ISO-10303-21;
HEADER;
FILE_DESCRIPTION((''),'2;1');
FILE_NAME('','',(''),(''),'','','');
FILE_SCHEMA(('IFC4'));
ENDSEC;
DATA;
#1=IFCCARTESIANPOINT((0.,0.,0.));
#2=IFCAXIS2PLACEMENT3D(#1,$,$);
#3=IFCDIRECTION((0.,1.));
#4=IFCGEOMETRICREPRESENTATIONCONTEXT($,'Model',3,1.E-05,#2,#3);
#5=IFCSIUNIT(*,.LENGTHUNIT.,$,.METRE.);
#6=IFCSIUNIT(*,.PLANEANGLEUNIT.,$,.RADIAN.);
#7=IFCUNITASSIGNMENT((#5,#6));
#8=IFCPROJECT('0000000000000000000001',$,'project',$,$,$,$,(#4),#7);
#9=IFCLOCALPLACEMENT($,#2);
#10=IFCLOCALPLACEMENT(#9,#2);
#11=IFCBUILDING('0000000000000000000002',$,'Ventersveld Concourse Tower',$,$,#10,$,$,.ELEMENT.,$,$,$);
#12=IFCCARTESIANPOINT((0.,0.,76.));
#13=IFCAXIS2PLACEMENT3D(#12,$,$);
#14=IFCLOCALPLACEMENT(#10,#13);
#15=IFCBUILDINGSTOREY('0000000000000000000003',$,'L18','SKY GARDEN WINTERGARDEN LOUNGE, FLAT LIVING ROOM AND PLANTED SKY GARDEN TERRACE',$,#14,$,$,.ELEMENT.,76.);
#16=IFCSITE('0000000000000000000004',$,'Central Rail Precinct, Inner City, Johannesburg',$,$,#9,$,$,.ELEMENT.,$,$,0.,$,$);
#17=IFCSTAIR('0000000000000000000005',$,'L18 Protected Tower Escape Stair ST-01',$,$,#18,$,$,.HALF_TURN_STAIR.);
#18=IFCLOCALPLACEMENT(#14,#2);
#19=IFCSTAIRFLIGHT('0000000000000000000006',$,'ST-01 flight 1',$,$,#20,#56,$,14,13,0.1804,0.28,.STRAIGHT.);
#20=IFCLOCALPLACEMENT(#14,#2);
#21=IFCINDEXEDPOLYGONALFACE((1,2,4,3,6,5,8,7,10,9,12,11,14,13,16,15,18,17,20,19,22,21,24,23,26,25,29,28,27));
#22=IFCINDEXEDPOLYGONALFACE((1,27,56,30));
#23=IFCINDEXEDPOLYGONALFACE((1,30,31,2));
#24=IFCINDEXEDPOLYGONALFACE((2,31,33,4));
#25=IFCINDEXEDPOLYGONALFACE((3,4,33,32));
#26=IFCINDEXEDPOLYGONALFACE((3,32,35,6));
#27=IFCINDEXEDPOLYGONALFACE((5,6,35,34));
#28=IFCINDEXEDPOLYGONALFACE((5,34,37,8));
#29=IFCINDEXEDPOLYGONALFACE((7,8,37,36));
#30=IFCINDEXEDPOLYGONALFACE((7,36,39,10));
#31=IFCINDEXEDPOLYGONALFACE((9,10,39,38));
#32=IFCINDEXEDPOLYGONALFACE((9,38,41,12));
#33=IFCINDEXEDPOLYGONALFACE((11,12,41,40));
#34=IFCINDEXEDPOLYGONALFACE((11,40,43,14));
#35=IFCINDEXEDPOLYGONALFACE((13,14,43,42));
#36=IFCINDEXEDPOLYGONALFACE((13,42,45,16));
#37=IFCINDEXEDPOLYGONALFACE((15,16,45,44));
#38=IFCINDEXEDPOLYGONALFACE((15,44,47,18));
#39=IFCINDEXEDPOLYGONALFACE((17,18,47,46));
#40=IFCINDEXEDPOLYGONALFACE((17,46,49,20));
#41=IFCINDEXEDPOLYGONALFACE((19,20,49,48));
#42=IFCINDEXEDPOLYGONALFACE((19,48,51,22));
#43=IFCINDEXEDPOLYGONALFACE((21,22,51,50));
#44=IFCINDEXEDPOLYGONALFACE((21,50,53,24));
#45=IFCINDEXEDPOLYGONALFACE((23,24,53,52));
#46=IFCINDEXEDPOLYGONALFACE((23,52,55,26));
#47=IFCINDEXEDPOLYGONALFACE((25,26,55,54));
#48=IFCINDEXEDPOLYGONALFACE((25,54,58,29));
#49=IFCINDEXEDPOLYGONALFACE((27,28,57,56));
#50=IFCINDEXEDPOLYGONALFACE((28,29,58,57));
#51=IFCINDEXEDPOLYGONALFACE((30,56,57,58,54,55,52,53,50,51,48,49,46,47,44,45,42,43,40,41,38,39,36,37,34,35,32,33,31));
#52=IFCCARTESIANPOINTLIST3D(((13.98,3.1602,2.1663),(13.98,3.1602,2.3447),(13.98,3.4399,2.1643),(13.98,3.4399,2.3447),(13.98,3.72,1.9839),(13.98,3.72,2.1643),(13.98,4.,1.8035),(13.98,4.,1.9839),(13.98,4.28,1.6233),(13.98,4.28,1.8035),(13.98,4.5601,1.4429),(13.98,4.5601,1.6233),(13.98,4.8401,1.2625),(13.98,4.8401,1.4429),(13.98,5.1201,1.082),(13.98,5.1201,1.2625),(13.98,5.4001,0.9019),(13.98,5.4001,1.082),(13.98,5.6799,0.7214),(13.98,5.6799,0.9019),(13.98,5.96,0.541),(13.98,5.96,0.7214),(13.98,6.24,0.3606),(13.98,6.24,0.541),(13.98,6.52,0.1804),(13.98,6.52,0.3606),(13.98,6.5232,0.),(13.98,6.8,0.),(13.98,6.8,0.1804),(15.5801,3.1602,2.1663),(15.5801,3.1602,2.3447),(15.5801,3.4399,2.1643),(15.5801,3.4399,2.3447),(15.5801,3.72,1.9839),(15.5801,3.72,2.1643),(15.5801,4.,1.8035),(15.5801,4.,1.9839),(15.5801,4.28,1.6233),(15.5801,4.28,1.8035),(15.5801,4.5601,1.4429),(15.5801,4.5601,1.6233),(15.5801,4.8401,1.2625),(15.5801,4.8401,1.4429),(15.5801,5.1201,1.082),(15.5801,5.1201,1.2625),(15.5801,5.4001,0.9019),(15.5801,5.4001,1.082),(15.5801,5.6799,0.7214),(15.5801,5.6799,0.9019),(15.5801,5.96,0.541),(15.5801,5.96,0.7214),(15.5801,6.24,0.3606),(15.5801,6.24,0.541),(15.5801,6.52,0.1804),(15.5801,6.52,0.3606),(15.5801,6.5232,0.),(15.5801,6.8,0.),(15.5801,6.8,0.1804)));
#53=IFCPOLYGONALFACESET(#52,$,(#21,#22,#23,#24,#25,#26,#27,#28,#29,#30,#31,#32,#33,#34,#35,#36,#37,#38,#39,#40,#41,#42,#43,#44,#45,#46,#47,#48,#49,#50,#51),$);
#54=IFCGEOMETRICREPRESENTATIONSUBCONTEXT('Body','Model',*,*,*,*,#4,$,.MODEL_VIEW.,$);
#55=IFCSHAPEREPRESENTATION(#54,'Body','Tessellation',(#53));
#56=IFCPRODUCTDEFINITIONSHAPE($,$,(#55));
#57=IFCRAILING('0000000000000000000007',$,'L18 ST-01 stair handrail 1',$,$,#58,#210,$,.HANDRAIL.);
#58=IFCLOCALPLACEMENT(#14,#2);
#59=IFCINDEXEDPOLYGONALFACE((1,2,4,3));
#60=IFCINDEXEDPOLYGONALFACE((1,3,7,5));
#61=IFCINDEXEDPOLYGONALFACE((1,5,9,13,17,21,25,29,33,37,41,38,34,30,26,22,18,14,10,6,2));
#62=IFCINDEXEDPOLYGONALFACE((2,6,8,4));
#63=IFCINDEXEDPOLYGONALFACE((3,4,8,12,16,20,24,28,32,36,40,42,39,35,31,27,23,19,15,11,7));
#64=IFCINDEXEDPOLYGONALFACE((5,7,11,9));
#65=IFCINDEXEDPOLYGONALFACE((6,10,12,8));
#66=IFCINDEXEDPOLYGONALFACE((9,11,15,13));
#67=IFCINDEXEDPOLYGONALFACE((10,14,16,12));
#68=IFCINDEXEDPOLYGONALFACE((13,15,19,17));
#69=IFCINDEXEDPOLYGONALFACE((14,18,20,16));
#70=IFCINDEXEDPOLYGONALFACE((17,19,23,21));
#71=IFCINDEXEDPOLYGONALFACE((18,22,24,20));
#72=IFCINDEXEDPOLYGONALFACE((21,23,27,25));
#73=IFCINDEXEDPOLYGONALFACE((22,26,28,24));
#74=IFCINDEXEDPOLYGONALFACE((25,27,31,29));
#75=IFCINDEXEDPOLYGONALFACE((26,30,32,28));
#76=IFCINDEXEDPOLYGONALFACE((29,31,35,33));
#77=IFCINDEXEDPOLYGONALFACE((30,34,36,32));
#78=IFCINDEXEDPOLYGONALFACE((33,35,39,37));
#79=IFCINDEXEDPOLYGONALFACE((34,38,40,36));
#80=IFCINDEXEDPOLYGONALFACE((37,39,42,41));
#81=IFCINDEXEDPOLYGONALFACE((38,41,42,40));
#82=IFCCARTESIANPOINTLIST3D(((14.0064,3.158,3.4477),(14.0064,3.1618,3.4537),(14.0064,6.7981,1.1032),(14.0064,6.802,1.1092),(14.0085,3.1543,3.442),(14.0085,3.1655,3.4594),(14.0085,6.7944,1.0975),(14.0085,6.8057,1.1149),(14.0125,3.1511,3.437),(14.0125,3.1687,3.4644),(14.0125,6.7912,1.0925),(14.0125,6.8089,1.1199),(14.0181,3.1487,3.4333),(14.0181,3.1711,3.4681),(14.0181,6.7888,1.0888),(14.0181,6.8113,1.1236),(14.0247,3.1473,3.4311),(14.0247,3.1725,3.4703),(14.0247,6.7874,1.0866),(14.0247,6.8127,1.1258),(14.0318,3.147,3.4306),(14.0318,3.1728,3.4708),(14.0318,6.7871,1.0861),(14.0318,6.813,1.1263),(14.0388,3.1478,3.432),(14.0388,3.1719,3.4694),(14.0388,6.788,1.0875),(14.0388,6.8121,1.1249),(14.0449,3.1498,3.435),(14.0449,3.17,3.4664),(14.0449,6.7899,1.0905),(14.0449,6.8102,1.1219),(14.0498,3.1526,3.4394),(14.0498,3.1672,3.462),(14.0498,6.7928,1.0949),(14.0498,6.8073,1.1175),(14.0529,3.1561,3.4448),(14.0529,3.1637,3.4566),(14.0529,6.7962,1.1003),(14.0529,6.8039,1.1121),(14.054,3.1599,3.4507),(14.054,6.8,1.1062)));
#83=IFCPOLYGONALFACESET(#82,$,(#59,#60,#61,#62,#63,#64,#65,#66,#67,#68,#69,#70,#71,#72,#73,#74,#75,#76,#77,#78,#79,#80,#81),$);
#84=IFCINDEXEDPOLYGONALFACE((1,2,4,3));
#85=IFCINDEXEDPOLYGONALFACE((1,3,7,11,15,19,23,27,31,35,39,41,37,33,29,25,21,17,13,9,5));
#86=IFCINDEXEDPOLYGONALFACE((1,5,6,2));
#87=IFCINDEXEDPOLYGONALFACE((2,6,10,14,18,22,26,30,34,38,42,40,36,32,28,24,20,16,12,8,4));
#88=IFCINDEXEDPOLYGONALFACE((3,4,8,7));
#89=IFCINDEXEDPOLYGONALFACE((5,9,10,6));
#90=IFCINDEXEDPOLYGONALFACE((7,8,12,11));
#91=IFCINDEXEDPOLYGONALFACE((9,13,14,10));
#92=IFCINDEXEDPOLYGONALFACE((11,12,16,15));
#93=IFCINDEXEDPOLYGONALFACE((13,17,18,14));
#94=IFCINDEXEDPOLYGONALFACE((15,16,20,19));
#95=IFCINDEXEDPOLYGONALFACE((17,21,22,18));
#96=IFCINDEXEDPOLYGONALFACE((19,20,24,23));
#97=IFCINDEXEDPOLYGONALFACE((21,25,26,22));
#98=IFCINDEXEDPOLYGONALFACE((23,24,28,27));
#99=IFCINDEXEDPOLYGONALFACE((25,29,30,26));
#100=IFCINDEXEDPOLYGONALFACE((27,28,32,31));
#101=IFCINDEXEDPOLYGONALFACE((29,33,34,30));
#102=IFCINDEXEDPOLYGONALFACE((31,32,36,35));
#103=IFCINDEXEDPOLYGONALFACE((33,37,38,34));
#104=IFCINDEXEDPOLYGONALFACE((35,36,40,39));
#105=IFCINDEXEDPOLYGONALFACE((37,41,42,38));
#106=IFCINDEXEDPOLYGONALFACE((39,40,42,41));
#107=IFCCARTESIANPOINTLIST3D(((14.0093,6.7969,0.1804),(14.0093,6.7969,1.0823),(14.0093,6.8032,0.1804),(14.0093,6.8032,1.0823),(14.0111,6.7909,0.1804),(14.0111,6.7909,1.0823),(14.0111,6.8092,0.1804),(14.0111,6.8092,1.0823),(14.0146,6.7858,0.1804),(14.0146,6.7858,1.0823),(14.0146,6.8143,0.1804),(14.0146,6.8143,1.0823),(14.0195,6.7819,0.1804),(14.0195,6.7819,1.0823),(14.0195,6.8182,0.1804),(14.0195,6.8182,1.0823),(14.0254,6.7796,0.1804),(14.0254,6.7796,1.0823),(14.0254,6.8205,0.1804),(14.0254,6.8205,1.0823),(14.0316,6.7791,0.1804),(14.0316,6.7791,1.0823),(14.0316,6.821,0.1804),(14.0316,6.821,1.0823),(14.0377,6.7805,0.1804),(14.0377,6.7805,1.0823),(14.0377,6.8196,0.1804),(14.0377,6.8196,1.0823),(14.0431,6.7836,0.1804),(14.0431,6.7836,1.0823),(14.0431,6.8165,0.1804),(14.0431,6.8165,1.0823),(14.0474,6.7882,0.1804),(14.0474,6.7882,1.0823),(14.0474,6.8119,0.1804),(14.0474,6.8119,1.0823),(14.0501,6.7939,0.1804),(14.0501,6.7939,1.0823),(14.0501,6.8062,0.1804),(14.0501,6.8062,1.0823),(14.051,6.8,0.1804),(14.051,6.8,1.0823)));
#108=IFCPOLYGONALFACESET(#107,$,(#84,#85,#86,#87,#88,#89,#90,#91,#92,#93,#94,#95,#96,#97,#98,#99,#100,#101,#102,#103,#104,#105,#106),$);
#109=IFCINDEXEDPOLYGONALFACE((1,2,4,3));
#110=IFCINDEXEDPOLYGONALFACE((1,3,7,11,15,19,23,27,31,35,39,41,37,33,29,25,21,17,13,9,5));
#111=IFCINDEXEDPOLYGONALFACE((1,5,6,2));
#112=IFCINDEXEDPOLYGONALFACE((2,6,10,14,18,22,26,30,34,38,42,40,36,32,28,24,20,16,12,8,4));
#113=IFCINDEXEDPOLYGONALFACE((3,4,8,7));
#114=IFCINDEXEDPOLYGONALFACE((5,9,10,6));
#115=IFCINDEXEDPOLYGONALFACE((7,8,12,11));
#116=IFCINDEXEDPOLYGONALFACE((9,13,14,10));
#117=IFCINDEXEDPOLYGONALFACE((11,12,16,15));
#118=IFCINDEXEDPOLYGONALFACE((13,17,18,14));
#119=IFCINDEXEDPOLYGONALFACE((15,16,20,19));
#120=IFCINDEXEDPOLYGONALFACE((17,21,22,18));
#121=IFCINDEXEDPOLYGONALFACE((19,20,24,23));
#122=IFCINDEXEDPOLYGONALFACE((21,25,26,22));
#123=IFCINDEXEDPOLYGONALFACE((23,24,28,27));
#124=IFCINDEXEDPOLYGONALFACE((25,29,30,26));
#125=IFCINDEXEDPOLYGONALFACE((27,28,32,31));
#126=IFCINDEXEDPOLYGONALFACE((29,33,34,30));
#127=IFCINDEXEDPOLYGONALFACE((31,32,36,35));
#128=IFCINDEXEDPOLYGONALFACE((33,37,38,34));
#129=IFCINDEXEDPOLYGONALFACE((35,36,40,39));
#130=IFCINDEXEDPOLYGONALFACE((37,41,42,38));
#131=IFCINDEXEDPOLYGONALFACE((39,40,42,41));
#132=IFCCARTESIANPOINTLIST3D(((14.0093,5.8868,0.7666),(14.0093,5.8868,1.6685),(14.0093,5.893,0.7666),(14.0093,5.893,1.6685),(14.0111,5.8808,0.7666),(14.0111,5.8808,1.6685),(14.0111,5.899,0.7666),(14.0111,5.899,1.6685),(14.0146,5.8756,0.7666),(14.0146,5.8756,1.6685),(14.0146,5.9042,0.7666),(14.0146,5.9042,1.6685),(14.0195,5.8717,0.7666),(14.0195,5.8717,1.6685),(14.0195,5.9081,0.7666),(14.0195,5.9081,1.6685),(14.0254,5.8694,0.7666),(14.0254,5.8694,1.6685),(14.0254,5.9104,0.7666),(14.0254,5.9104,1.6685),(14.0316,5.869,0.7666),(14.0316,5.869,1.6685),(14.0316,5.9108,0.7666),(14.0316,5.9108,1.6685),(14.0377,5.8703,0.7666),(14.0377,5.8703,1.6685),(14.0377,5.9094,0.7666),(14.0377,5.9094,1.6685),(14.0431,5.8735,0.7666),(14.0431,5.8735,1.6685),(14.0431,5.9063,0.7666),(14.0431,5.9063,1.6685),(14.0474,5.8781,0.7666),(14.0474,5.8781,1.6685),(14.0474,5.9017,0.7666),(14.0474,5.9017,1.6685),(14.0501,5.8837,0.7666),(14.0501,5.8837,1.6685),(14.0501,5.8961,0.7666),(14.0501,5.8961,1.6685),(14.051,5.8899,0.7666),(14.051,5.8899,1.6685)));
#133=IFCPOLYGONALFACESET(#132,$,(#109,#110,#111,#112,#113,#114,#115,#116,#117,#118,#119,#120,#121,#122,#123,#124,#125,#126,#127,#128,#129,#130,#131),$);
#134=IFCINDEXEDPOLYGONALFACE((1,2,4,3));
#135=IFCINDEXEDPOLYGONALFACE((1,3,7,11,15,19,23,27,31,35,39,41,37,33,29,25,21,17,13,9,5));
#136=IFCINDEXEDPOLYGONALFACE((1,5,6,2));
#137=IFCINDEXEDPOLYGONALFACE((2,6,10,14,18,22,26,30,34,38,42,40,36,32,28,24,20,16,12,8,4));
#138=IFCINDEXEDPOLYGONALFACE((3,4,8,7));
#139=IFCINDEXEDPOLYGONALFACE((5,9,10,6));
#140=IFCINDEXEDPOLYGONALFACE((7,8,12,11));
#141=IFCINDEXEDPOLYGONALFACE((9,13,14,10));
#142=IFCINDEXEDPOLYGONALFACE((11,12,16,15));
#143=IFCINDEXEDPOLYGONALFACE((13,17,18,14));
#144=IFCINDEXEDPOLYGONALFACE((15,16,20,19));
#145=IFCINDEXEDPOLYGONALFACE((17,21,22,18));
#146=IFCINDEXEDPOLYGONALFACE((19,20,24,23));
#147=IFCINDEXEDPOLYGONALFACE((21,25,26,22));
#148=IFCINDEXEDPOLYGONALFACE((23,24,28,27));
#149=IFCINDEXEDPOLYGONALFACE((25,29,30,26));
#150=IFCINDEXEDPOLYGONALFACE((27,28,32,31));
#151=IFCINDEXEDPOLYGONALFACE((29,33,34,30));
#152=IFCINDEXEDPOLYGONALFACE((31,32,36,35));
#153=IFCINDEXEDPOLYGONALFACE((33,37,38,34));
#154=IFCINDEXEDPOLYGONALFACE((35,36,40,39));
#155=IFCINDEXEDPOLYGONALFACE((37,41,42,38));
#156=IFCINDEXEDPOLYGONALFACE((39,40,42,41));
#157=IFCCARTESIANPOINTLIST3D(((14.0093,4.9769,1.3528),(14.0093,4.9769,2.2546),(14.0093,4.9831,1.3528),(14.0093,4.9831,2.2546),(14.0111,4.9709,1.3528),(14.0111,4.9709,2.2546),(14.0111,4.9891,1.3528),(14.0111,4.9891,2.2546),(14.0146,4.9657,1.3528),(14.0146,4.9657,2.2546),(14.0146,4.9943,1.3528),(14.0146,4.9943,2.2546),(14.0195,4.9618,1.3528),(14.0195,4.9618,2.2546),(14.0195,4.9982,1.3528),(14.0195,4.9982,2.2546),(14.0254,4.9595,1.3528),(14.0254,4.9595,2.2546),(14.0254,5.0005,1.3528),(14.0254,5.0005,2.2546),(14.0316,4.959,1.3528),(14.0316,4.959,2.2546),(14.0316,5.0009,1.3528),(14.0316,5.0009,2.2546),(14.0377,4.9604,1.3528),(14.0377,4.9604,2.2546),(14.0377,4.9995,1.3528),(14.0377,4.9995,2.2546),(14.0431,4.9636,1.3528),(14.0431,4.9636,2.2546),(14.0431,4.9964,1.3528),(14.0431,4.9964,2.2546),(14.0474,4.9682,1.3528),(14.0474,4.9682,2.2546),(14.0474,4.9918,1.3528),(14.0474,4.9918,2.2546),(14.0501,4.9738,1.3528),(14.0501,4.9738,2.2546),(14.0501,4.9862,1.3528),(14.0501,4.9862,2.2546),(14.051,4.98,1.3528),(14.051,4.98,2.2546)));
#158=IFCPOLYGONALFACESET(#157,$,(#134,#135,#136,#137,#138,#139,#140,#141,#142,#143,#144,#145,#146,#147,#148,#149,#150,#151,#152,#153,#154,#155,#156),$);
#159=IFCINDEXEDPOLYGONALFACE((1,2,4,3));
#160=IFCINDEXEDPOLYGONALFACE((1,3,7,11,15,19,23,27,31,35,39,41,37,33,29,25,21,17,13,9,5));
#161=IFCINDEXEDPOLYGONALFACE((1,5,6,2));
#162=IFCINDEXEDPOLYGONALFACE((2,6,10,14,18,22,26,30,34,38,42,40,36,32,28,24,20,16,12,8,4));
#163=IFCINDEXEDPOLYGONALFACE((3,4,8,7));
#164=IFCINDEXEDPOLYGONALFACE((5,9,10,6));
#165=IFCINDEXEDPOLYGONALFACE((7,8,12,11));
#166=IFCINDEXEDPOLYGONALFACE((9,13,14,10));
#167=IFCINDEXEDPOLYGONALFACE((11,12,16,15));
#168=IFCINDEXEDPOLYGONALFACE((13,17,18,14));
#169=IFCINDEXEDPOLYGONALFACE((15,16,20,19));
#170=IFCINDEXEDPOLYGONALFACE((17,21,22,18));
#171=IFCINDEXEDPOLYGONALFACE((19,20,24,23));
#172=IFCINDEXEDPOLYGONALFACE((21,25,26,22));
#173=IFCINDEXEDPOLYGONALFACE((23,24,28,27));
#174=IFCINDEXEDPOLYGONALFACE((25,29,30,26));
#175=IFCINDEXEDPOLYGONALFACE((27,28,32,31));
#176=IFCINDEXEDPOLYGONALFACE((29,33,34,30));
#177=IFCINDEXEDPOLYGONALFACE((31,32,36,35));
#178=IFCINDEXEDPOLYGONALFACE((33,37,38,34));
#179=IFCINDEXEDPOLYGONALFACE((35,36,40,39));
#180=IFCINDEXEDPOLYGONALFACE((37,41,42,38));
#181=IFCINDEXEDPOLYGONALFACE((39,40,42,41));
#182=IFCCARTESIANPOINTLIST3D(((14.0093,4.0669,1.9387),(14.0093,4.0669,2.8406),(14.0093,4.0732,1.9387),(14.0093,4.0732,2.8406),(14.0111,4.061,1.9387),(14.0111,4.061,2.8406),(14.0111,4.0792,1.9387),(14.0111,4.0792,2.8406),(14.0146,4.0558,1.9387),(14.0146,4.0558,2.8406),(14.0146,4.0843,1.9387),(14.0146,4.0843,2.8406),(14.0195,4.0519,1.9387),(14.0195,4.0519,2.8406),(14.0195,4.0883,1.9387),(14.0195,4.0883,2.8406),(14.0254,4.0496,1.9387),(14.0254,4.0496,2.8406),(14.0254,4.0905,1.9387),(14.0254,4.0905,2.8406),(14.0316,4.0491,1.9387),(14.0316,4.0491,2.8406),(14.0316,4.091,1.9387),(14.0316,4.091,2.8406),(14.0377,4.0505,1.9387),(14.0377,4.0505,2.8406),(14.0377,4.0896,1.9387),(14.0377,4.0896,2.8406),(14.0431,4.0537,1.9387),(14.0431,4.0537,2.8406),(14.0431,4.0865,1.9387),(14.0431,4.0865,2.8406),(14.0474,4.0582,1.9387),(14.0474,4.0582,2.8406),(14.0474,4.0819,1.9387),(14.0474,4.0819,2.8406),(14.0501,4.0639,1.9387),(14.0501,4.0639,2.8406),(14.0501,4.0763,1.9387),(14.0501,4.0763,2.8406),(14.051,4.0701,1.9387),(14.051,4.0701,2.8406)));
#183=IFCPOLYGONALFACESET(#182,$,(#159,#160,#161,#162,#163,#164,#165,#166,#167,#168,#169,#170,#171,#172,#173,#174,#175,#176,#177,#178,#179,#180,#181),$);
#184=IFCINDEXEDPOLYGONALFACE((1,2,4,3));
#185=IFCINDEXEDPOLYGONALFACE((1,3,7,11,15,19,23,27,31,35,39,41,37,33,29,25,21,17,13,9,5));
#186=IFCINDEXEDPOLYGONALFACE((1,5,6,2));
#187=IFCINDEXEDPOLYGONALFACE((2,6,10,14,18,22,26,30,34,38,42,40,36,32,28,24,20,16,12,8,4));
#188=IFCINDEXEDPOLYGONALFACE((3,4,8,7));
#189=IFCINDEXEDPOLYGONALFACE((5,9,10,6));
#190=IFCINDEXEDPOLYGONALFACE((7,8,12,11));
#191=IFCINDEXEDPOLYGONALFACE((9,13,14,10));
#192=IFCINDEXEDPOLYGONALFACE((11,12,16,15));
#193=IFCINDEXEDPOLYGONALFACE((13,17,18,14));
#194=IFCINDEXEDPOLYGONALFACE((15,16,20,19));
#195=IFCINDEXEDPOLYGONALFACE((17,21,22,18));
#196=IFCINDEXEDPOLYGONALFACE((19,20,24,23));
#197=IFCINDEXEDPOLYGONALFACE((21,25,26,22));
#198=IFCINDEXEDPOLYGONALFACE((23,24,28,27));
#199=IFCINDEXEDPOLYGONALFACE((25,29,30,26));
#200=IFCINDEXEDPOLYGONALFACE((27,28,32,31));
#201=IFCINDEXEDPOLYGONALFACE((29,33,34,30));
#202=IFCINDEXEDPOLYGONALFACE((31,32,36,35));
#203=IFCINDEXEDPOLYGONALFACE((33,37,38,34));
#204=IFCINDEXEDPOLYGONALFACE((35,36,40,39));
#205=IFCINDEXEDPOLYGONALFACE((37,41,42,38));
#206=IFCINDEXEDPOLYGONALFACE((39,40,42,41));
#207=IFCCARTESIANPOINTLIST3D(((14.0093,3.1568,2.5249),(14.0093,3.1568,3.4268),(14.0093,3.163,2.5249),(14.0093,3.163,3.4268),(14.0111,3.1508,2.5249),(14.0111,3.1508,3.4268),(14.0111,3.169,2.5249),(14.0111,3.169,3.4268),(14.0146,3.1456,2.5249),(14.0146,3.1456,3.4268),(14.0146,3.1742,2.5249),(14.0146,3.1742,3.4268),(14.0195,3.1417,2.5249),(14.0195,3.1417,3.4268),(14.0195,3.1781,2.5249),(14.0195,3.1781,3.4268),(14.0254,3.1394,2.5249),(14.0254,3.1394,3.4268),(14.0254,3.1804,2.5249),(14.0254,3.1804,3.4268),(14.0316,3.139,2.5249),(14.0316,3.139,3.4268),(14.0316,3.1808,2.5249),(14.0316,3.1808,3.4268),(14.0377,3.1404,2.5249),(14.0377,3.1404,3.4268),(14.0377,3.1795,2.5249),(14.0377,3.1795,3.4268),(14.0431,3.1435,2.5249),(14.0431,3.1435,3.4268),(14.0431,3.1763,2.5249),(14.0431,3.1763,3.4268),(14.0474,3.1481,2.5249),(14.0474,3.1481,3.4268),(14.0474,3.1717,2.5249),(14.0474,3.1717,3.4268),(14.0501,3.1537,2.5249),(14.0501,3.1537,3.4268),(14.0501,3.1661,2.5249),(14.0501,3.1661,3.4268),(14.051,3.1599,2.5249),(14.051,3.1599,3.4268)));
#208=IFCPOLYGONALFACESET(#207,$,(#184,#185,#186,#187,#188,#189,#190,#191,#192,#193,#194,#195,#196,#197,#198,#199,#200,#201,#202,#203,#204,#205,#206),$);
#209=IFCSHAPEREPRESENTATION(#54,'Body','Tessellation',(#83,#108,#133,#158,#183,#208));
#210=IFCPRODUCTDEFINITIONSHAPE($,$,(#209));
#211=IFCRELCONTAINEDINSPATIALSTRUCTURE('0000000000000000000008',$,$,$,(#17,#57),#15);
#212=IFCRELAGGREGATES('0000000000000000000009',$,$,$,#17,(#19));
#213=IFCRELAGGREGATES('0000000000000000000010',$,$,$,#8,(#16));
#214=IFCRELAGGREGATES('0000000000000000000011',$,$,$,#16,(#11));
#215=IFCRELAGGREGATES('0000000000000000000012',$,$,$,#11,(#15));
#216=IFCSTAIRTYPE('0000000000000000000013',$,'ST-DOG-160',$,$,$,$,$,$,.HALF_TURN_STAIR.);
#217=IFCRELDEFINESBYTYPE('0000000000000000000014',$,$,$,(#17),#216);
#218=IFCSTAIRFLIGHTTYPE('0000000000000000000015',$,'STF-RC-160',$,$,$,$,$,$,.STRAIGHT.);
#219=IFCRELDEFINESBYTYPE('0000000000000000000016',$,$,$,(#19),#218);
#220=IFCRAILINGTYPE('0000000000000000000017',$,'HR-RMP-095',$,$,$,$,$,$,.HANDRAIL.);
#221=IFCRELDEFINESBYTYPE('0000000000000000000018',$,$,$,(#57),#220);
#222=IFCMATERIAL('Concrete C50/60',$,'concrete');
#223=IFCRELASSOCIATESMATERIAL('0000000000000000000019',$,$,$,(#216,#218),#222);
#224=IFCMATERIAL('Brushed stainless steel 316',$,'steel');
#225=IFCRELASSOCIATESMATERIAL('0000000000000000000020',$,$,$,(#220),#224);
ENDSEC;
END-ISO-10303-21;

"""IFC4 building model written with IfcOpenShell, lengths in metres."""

from ifc_helpers import new_model, si_unit, direction, frame, origin, origin_2d, place, context, subcontext, project, spatial, polyline, circle, outline, extrude, material, type_object, element, aggregate, save


model = new_model("IFC4")

# Units and contexts
model_context = context("Model", 3, precision=1e-05, world=origin(), true_north=direction((0.0, 1.0)))
body_context = subcontext(model_context, "Body", "Model", "MODEL_VIEW")
ifc_project = project(units=[si_unit("LENGTHUNIT", "METRE"), si_unit("PLANEANGLEUNIT", "RADIAN")], contexts=[model_context])

# Site, building, storey
site_placement = place(None, origin())
site = spatial("IfcSite", under=ifc_project, at=site_placement, Name="Central Rail Precinct, Inner City, Johannesburg", CompositionType="ELEMENT", RefElevation=0.0)
building_placement = place(site_placement, origin())
building = spatial("IfcBuilding", under=site, at=building_placement, Name="Ventersveld Concourse Tower", CompositionType="ELEMENT")
storey_placement = place(building_placement, frame((0.0, 0.0, 76.0)))
storey = spatial("IfcBuildingStorey", under=building, at=storey_placement, Name="L18", Description="SKY GARDEN WINTERGARDEN LOUNGE, FLAT LIVING ROOM AND PLANTED SKY GARDEN TERRACE", CompositionType="ELEMENT", Elevation=76.0)

# Shared definitions
ifc_material_1 = material(Name="Concrete C50/60", Category="concrete")

# Stair, stair flight
stair_type = type_object("IfcStairType", Name="ST-DOG-160", PredefinedType="HALF_TURN_STAIR", material=ifc_material_1)
stair_placement = place(storey_placement, origin())
stair = element("IfcStair", 1, at=stair_placement, inside=storey, type_object=stair_type, Name="L18 Protected Tower Escape Stair ST-01", PredefinedType="HALF_TURN_STAIR")
stair_flight_type = type_object("IfcStairFlightType", Name="STF-RC-160", PredefinedType="STRAIGHT", material=ifc_material_1)
stair_flight_placement = place(storey_placement, frame((14.78, 6.8, 0.0), z_axis=(0.0, 0.0, 1.0), x_axis=(0.0, -1.0, 0.0)))
stair_flight = element("IfcStairFlight", 2, at=stair_flight_placement, type_object=stair_flight_type, Name="ST-01 flight 1", NumberOfRisers=14, NumberOfTreads=13, PredefinedType="STRAIGHT", RiserHeight=0.1804, TreadLength=0.28, context=body_context, shape_type="SweptSolid", body=[
    extrude(outline(polyline([(0.0, 0.0), (0.0, 0.1804), (0.28, 0.1804), (0.28, 0.3606), (0.5601, 0.3606), (0.5601, 0.541), (0.8401, 0.541), (0.8401, 0.7214), (1.1201, 0.7214), (1.1201, 0.9019), (1.3999, 0.9019), (1.3999, 1.082), (1.6799, 1.082), (1.6799, 1.2625), (1.96, 1.2625), (1.96, 1.4429), (2.24, 1.4429), (2.24, 1.6233), (2.52, 1.6233), (2.52, 1.8035), (2.8, 1.8035), (2.8, 1.9839), (3.0801, 1.9839), (3.0801, 2.1643), (3.3601, 2.1643), (3.3601, 2.3447), (3.6399, 2.3447), (3.6399, 2.5249), (3.6399, 2.1663), (0.2769, 0.0), (0.0, 0.0)])), frame((0.0, 0.8, 0.0), z_axis=(0.0, -1.0, 0.0), x_axis=(1.0, 0.0, 0.0)), (0.0, 0.0, 1.0), 1.6001),
])
aggregate(stair, [stair_flight])

# Railing
ifc_material_2 = material(Name="Brushed stainless steel 316", Category="steel")
railing_type = type_object("IfcRailingType", Name="HR-RMP-095", PredefinedType="HANDRAIL", material=ifc_material_2)
railing_placement = place(storey_placement, frame((14.03, 6.8, 0.1804)))
element("IfcRailing", 3, at=railing_placement, inside=storey, type_object=railing_type, Name="L18 ST-01 stair handrail 1", PredefinedType="HANDRAIL", context=body_context, shape_type="SweptSolid", body=[
    extrude(circle(Radius=0.0239, at=origin_2d()), frame((0.0, 0.0, 0.9258), z_axis=(0.0, -0.840716, 0.541476), x_axis=(1.0, 0.0, 0.0)), (0.0, 0.0, 1.0), 4.3298),
    extrude(circle(Radius=0.021, at=origin_2d()), origin(), (0.0, 0.0, 1.0), 0.9019),
    extrude(circle(Radius=0.021, at=origin_2d()), frame((0.0, -0.9102, 0.5862)), (0.0, 0.0, 1.0), 0.9019),
    extrude(circle(Radius=0.021, at=origin_2d()), frame((0.0, -1.8201, 1.1724)), (0.0, 0.0, 1.0), 0.9019),
    extrude(circle(Radius=0.021, at=origin_2d()), frame((0.0, -2.73, 1.7583)), (0.0, 0.0, 1.0), 0.9019),
    extrude(circle(Radius=0.021, at=origin_2d()), frame((0.0, -3.6401, 2.3445)), (0.0, 0.0, 1.0), 0.9019),
])

save(model, "model.ifc")
